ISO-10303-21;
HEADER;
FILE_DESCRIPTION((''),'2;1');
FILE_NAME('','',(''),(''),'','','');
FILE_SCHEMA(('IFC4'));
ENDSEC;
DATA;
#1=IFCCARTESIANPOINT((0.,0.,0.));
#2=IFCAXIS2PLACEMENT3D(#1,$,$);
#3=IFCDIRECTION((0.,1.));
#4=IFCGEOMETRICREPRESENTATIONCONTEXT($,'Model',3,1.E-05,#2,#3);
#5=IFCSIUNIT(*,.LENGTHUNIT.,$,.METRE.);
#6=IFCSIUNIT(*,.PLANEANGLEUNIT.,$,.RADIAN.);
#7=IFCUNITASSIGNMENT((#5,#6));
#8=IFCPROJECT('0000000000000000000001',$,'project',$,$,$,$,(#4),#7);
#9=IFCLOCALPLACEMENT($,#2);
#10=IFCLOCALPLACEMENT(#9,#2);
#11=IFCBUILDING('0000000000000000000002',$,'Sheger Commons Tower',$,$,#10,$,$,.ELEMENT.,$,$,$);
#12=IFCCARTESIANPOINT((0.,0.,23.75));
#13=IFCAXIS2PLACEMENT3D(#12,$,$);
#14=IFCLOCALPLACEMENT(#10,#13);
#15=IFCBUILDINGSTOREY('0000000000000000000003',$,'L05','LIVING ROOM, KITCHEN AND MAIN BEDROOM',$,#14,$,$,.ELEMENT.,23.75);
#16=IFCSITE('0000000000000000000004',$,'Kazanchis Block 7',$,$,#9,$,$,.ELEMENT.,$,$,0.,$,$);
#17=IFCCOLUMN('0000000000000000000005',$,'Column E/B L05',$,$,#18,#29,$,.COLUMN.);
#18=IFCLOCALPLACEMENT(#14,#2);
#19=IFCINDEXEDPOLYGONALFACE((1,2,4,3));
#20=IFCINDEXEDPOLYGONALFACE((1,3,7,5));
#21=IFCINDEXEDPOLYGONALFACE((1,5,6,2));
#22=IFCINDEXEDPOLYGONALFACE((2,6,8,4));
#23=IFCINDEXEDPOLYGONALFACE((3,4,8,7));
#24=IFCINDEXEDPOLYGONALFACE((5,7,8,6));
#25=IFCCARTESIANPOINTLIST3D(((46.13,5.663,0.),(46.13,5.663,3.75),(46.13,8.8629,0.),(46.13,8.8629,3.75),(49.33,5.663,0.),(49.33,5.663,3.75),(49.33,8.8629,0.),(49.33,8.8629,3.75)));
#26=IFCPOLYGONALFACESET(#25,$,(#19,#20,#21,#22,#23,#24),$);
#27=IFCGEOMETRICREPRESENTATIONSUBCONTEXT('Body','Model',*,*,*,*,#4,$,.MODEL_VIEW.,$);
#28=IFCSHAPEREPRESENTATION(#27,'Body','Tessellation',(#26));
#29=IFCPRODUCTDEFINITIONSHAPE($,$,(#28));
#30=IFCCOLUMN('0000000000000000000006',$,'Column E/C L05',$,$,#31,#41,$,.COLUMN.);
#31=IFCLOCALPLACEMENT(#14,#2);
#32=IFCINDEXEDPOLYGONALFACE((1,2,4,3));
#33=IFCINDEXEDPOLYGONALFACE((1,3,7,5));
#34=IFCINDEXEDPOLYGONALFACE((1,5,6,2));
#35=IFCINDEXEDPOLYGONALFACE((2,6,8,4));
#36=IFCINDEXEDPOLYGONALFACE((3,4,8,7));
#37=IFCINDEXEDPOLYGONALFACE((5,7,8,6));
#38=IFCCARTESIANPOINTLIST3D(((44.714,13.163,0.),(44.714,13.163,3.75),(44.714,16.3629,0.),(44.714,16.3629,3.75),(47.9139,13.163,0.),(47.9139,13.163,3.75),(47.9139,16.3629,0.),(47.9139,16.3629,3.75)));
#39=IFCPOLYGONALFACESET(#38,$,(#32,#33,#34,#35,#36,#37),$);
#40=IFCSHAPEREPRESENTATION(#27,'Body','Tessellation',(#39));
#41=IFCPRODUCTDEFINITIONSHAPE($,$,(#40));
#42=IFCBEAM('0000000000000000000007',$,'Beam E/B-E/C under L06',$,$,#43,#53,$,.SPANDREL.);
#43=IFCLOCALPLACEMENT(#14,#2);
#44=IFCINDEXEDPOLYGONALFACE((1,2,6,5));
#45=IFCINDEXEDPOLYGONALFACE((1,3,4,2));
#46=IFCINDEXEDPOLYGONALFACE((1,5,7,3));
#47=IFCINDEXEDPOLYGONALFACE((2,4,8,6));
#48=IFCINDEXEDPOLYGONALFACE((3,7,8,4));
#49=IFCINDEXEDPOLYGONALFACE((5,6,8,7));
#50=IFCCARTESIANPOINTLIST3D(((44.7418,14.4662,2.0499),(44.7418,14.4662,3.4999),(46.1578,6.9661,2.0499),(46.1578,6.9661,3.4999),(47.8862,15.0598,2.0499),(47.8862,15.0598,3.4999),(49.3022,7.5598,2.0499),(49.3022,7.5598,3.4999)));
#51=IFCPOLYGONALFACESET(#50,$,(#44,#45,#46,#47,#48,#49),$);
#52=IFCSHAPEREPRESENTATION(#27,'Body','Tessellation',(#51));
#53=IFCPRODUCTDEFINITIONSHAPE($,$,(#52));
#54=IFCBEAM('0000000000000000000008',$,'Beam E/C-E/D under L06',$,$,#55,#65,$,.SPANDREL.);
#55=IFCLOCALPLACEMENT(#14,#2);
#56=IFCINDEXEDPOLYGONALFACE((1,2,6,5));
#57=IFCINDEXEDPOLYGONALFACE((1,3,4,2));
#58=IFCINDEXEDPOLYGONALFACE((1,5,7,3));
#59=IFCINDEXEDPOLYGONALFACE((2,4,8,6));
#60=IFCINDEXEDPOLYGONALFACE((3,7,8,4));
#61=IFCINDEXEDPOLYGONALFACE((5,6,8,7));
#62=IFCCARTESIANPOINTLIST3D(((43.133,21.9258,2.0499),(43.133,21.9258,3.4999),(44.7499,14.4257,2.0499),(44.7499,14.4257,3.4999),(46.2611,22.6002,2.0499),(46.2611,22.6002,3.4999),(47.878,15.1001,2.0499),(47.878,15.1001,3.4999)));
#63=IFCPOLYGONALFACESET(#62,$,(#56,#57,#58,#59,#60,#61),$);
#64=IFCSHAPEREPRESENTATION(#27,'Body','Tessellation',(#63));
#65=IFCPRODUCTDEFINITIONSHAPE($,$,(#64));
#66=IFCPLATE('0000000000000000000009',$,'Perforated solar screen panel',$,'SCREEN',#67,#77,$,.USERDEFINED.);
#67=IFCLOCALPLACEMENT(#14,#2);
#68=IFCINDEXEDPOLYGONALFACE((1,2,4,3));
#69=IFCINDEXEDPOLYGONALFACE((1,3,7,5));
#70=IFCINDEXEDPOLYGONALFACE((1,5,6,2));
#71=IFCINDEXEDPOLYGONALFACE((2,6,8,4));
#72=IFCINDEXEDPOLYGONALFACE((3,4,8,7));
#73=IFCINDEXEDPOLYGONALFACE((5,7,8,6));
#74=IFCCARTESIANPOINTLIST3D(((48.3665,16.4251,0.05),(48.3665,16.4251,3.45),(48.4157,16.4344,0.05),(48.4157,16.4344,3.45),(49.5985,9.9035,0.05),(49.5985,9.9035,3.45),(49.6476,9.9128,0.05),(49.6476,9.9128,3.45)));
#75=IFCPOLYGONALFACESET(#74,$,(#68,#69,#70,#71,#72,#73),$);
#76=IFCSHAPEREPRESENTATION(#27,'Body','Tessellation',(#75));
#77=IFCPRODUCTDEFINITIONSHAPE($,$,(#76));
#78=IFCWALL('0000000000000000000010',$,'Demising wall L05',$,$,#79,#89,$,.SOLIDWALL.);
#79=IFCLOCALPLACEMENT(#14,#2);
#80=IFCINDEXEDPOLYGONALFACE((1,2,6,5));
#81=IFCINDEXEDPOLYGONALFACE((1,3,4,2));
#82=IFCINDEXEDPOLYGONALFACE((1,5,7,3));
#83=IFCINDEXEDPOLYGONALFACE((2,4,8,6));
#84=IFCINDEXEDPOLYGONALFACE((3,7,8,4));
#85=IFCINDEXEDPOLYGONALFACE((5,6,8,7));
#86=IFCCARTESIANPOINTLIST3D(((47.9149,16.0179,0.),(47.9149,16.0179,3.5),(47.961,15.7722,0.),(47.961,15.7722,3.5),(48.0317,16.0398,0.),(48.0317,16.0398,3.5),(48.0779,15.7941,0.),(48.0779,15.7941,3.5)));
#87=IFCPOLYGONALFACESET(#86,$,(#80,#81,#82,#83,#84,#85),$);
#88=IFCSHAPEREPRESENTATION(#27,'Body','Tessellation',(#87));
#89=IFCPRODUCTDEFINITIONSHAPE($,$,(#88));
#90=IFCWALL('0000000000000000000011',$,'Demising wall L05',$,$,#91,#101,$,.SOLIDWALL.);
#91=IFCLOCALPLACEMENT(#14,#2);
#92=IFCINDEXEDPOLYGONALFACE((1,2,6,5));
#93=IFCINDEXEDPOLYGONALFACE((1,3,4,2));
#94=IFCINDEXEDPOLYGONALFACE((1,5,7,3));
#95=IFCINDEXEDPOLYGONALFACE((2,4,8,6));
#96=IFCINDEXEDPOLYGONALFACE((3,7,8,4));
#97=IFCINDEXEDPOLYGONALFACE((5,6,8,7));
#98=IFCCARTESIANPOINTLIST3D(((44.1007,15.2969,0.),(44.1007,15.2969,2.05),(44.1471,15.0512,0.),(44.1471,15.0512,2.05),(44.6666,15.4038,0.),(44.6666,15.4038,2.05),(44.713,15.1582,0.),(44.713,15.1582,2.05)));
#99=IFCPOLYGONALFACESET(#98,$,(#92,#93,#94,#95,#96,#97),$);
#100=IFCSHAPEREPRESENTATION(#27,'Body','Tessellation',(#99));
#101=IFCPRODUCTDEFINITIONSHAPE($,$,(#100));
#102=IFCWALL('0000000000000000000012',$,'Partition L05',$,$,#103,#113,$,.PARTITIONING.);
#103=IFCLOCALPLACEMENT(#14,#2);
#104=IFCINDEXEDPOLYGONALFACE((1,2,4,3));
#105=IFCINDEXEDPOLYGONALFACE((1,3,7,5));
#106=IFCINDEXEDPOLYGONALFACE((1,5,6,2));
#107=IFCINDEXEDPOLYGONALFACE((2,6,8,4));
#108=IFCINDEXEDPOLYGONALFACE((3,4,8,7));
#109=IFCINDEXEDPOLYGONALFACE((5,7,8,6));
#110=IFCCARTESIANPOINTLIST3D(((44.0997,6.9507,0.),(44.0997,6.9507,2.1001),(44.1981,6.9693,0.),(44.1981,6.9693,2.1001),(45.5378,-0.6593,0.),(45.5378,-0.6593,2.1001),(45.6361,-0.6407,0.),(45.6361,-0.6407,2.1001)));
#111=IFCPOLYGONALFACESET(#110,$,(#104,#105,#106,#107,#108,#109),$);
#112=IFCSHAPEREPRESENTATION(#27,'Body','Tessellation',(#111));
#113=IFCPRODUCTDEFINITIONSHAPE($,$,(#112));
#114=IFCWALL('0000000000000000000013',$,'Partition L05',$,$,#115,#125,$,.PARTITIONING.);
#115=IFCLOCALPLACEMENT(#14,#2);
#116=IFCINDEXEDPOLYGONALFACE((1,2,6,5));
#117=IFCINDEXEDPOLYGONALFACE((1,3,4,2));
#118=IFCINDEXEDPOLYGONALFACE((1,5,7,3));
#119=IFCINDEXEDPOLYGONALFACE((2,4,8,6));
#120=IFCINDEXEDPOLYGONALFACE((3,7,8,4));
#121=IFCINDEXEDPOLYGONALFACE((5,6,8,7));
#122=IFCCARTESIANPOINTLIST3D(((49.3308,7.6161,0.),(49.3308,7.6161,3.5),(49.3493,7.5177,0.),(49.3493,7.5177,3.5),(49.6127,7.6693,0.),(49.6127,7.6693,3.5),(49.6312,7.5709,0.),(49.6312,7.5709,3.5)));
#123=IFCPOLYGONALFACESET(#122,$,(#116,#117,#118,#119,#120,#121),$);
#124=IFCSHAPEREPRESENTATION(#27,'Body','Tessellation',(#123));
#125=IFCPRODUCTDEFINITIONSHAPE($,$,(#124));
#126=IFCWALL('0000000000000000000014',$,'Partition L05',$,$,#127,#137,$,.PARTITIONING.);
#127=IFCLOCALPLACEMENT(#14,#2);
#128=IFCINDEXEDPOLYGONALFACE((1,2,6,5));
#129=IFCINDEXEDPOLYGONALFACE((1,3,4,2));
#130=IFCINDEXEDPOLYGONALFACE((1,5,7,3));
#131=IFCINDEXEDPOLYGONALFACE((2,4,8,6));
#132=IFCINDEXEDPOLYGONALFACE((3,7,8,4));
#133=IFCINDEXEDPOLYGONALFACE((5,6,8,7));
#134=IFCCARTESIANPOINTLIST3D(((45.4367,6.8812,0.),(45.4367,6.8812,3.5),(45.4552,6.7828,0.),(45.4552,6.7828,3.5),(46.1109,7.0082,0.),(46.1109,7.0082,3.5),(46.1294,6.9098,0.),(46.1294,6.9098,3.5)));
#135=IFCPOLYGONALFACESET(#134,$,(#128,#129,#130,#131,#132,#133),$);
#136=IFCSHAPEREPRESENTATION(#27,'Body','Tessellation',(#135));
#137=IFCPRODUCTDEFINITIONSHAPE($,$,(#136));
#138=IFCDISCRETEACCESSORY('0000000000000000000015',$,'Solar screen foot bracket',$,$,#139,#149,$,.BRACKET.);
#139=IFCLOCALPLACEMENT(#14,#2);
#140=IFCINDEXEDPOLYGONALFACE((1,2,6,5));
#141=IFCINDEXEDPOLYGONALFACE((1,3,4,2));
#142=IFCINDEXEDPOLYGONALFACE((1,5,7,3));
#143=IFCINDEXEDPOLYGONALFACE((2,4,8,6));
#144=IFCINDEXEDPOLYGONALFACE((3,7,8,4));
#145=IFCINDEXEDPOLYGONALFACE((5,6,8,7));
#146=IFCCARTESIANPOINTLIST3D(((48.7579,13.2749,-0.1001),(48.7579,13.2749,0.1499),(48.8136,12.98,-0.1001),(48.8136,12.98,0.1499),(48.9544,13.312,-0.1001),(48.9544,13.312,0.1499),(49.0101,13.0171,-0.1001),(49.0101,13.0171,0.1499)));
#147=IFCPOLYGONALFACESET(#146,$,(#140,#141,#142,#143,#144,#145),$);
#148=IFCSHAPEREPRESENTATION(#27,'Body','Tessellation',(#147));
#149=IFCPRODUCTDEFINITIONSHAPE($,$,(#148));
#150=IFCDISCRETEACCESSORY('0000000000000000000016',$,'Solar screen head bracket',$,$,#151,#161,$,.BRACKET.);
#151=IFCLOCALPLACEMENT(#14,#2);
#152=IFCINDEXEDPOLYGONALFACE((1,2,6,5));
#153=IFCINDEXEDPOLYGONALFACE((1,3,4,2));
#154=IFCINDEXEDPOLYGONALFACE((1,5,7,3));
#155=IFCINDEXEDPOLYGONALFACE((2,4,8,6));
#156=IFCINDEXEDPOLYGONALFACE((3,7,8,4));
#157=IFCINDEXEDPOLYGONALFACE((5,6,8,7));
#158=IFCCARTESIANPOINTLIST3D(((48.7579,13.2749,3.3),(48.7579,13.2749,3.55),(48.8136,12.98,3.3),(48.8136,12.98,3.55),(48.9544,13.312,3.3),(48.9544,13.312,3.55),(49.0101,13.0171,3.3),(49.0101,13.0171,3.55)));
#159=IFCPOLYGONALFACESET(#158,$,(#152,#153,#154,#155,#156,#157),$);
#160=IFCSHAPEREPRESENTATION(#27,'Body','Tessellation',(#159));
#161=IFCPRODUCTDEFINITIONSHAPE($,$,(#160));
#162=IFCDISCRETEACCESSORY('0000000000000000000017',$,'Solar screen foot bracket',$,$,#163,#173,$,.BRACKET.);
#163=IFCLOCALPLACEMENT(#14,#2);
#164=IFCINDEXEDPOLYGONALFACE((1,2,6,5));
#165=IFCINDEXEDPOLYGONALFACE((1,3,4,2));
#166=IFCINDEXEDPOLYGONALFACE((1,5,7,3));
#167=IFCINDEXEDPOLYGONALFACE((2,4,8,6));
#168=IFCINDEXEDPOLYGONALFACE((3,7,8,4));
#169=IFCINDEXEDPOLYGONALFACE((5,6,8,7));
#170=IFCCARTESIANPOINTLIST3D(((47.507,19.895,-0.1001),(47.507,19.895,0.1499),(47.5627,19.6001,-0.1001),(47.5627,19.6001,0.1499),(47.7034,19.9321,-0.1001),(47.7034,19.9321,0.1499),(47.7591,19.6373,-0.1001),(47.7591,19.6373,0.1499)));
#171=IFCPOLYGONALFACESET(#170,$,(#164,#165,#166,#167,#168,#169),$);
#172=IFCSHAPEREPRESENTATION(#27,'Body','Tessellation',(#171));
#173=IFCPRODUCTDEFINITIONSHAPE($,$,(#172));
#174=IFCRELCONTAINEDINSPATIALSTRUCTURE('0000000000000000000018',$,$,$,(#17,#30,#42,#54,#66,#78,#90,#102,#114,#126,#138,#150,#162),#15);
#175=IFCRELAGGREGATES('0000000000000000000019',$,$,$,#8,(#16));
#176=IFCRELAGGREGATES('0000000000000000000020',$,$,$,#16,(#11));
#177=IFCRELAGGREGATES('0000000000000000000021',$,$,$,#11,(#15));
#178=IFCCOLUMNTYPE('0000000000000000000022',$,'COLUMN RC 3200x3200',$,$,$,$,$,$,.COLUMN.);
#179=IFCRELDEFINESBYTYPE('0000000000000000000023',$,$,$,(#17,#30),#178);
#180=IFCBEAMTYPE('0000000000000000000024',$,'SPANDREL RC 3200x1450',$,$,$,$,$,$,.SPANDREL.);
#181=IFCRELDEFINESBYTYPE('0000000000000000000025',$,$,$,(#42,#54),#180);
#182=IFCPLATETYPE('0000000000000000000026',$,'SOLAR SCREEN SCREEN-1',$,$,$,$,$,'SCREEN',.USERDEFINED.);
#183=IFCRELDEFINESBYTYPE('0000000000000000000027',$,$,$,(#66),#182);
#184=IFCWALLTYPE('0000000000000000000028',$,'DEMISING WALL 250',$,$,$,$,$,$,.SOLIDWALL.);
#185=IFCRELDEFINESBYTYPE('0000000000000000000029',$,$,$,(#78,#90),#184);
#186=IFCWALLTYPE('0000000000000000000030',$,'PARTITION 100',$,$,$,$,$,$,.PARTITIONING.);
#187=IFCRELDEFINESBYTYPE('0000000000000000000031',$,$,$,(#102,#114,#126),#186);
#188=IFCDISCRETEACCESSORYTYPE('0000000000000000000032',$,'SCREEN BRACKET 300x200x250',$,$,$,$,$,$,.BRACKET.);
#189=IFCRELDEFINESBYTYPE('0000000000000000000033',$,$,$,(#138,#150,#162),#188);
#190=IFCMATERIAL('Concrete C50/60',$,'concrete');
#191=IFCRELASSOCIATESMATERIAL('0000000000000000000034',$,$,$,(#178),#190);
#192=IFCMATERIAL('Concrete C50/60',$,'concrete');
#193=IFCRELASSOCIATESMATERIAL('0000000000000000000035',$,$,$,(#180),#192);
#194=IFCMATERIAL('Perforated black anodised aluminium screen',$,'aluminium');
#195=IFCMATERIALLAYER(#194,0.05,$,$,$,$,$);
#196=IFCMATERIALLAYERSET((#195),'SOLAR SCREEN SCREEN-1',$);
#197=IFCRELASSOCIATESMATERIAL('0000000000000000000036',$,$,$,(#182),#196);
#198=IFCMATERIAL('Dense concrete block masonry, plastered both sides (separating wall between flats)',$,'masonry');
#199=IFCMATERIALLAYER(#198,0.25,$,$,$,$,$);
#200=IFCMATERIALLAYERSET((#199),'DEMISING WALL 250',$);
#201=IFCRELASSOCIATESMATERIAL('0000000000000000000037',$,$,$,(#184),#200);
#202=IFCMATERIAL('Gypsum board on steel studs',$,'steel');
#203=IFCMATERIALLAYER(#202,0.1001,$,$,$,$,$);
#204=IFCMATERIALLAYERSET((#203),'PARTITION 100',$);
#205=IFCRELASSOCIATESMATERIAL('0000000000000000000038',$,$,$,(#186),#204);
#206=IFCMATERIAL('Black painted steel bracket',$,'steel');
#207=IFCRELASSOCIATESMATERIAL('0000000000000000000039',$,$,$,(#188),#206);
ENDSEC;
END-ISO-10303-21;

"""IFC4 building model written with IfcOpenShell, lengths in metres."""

from ifc_helpers import new_model, si_unit, direction, frame, frame_2d, origin, origin_2d, place, context, subcontext, project, spatial, rectangle, extrude, material, layer, layer_set, material_profile, profile_set, type_object, element, save


model = new_model("IFC4")

# Units and contexts
model_context = context("Model", 3, precision=1e-05, world=origin(), true_north=direction((0.0, 1.0)))
body_context = subcontext(model_context, "Body", "Model", "MODEL_VIEW")
ifc_project = project(units=[si_unit("LENGTHUNIT", "METRE"), si_unit("PLANEANGLEUNIT", "RADIAN")], contexts=[model_context])

# Site, building, storey
site_placement = place(None, origin())
site = spatial("IfcSite", under=ifc_project, at=site_placement, Name="Kazanchis Block 7", CompositionType="ELEMENT", RefElevation=0.0)
building_placement = place(site_placement, origin())
building = spatial("IfcBuilding", under=site, at=building_placement, Name="Sheger Commons Tower", CompositionType="ELEMENT")
storey_placement = place(building_placement, frame((0.0, 0.0, 23.75)))
storey = spatial("IfcBuildingStorey", under=building, at=storey_placement, Name="L05", Description="LIVING ROOM, KITCHEN AND MAIN BEDROOM", CompositionType="ELEMENT", Elevation=23.75)

# Columns
ifc_material_1 = material(Name="Concrete C50/60", Category="concrete")
ifc_material_profile_1 = material_profile(ifc_material_1, rectangle(XDim=3.2, YDim=3.2, at=origin_2d()), Name="RC 3200x3200")
ifc_profile_set_1 = profile_set([ifc_material_profile_1], Name="Concrete C50/60")
column_type = type_object("IfcColumnType", Name="COLUMN RC 3200x3200", PredefinedType="COLUMN", material=ifc_profile_set_1)
for number, where, z_axis, x_axis, name in (
    (1, (47.73, 7.2629, 0.0), (0.0, 0.0, 1.0), (1.0, 0.0, 0.0), "Column E/B L05"),
    (2, (46.314, 14.7629, 0.0), (0.0, 0.0, 1.0), (1.0, 0.0, 0.0), "Column E/C L05"),
):
    element("IfcColumn", number, at=place(storey_placement, frame(where, z_axis=z_axis, x_axis=x_axis)), inside=storey, type_object=column_type, Name=name, PredefinedType="COLUMN", context=body_context, shape_type="SweptSolid", body=[
        extrude(rectangle(XDim=3.2, YDim=3.2, at=origin_2d()), origin(), (0.0, 0.0, 1.0), 3.75),
    ])

# Beams
ifc_material_2 = material(Name="Concrete C50/60", Category="concrete")
ifc_material_profile_2 = material_profile(ifc_material_2, rectangle(XDim=3.2, YDim=1.45, at=origin_2d()), Name="RC 3200x1450")
ifc_profile_set_2 = profile_set([ifc_material_profile_2], Name="Concrete C50/60")
beam_type = type_object("IfcBeamType", Name="SPANDREL RC 3200x1450", PredefinedType="SPANDREL", material=ifc_profile_set_2)
beam_1_placement = place(storey_placement, frame((47.73, 7.2629, 2.7749), z_axis=(-0.185524, 0.98264, 0.0), x_axis=(-0.98264, -0.185524, 0.0)))
element("IfcBeam", 3, at=beam_1_placement, inside=storey, type_object=beam_type, Name="Beam E/B-E/C under L06", PredefinedType="SPANDREL", context=body_context, shape_type="SweptSolid", body=[
    extrude(rectangle(XDim=3.2, YDim=1.45, at=origin_2d()), origin(), (0.0, 0.0, 1.0), 7.6326),
])
beam_2_placement = place(storey_placement, frame((46.314, 14.7629, 2.7749), z_axis=(-0.21075, 0.97754, 0.0), x_axis=(-0.97754, -0.21075, 0.0)))
element("IfcBeam", 4, at=beam_2_placement, inside=storey, type_object=beam_type, Name="Beam E/C-E/D under L06", PredefinedType="SPANDREL", context=body_context, shape_type="SweptSolid", body=[
    extrude(rectangle(XDim=3.2, YDim=1.45, at=origin_2d()), origin(), (0.0, 0.0, 1.0), 7.6724),
])

# Plate
ifc_material_3 = material(Name="Perforated black anodised aluminium screen", Category="aluminium")
ifc_layer_1 = layer(ifc_material_3, 0.05)
ifc_layer_set_1 = layer_set([ifc_layer_1], Name="SOLAR SCREEN SCREEN-1")
plate_type = type_object("IfcPlateType", Name="SOLAR SCREEN SCREEN-1", ElementType="SCREEN", PredefinedType="USERDEFINED", material=ifc_layer_set_1)
plate_placement = place(storey_placement, frame((49.0071, 13.1689, 0.05), z_axis=(0.0, 0.0, 1.0), x_axis=(-0.185615, 0.982623, 0.0)))
element("IfcPlate", 5, at=plate_placement, inside=storey, type_object=plate_type, Name="Perforated solar screen panel", ObjectType="SCREEN", PredefinedType="USERDEFINED", context=body_context, shape_type="SweptSolid", body=[
    extrude(rectangle(XDim=6.637, YDim=0.05, at=origin_2d()), origin(), (0.0, 0.0, 1.0), 3.3999),
])

# Walls
ifc_material_4 = material(Name="Dense concrete block masonry, plastered both sides (separating wall between flats)", Category="masonry")
ifc_layer_2 = layer(ifc_material_4, 0.25)
ifc_layer_set_2 = layer_set([ifc_layer_2], Name="DEMISING WALL 250")
wall_type_1 = type_object("IfcWallType", Name="DEMISING WALL 250", PredefinedType="SOLIDWALL", material=ifc_layer_set_2)
wall_1_placement = place(storey_placement, frame((48.0549, 15.917, 0.0), z_axis=(0.0, 0.0, 1.0), x_axis=(-0.982802, -0.18466, 0.0)))
element("IfcWall", 6, at=wall_1_placement, inside=storey, type_object=wall_type_1, Name="Demising wall L05", PredefinedType="SOLIDWALL", context=body_context, shape_type="SweptSolid", body=[
    extrude(rectangle(XDim=0.1189, YDim=0.25, at=frame_2d((0.0596, 0.0))), origin(), (0.0, 0.0, 1.0), 3.5),
])
wall_2_placement = place(storey_placement, frame((44.6899, 15.281, 0.0), z_axis=(0.0, 0.0, 1.0), x_axis=(-0.982612, -0.18567, 0.0)))
element("IfcWall", 7, at=wall_2_placement, inside=storey, type_object=wall_type_1, Name="Demising wall L05", PredefinedType="SOLIDWALL", context=body_context, shape_type="SweptSolid", body=[
    extrude(rectangle(XDim=0.5759, YDim=0.25, at=frame_2d((0.2881, 0.0))), origin(), (0.0, 0.0, 1.0), 2.05),
])
ifc_material_5 = material(Name="Gypsum board on steel studs", Category="steel")
ifc_layer_3 = layer(ifc_material_5, 0.1001)
ifc_layer_set_3 = layer_set([ifc_layer_3], Name="PARTITION 100")
wall_type_2 = type_object("IfcWallType", Name="PARTITION 100", PredefinedType="PARTITIONING", material=ifc_layer_set_3)
wall_3_placement = place(storey_placement, frame((44.1489, 6.96, 0.0), z_axis=(0.0, 0.0, 1.0), x_axis=(0.185678, -0.982611, 0.0)))
element("IfcWall", 8, at=wall_3_placement, inside=storey, type_object=wall_type_2, Name="Partition L05", PredefinedType="PARTITIONING", context=body_context, shape_type="SweptSolid", body=[
    extrude(rectangle(XDim=7.7446, YDim=0.1001, at=frame_2d((3.8723, 0.0))), origin(), (0.0, 0.0, 1.0), 2.1001),
])
wall_4_placement = place(storey_placement, frame((49.6221, 7.6201, 0.0), z_axis=(0.0, 0.0, 1.0), x_axis=(-0.98265, -0.18547, 0.0)))
element("IfcWall", 9, at=wall_4_placement, inside=storey, type_object=wall_type_2, Name="Partition L05", PredefinedType="PARTITIONING", context=body_context, shape_type="SweptSolid", body=[
    extrude(rectangle(XDim=0.2869, YDim=0.1001, at=frame_2d((0.1436, 0.0))), origin(), (0.0, 0.0, 1.0), 3.5),
])
wall_5_placement = place(storey_placement, frame((46.1201, 6.959, 0.0), z_axis=(0.0, 0.0, 1.0), x_axis=(-0.982723, -0.185084, 0.0)))
element("IfcWall", 10, at=wall_5_placement, inside=storey, type_object=wall_type_2, Name="Partition L05", PredefinedType="PARTITIONING", context=body_context, shape_type="SweptSolid", body=[
    extrude(rectangle(XDim=0.686, YDim=0.1001, at=frame_2d((0.343, 0.0))), origin(), (0.0, 0.0, 1.0), 3.5),
])

# Discrete accessories
ifc_material_6 = material(Name="Black painted steel bracket", Category="steel")
discrete_accessory_type = type_object("IfcDiscreteAccessoryType", Name="SCREEN BRACKET 300x200x250", PredefinedType="BRACKET", material=ifc_material_6)
for number, where, z_axis, x_axis, name in (
    (11, (48.884, 13.146, -0.1001), (0.0, 0.0, 1.0), (-0.185615, 0.982623, 0.0), "Solar screen foot bracket"),
    (12, (48.884, 13.146, 3.3), (0.0, 0.0, 1.0), (-0.185615, 0.982623, 0.0), "Solar screen head bracket"),
    (13, (47.6331, 19.7661, -0.1001), (0.0, 0.0, 1.0), (-0.185615, 0.982623, 0.0), "Solar screen foot bracket"),
):
    element("IfcDiscreteAccessory", number, at=place(storey_placement, frame(where, z_axis=z_axis, x_axis=x_axis)), inside=storey, type_object=discrete_accessory_type, Name=name, PredefinedType="BRACKET", context=body_context, shape_type="SweptSolid", body=[
        extrude(rectangle(XDim=0.3, YDim=0.2, at=origin_2d()), origin(), (0.0, 0.0, 1.0), 0.25),
    ])

save(model, "model.ifc")
